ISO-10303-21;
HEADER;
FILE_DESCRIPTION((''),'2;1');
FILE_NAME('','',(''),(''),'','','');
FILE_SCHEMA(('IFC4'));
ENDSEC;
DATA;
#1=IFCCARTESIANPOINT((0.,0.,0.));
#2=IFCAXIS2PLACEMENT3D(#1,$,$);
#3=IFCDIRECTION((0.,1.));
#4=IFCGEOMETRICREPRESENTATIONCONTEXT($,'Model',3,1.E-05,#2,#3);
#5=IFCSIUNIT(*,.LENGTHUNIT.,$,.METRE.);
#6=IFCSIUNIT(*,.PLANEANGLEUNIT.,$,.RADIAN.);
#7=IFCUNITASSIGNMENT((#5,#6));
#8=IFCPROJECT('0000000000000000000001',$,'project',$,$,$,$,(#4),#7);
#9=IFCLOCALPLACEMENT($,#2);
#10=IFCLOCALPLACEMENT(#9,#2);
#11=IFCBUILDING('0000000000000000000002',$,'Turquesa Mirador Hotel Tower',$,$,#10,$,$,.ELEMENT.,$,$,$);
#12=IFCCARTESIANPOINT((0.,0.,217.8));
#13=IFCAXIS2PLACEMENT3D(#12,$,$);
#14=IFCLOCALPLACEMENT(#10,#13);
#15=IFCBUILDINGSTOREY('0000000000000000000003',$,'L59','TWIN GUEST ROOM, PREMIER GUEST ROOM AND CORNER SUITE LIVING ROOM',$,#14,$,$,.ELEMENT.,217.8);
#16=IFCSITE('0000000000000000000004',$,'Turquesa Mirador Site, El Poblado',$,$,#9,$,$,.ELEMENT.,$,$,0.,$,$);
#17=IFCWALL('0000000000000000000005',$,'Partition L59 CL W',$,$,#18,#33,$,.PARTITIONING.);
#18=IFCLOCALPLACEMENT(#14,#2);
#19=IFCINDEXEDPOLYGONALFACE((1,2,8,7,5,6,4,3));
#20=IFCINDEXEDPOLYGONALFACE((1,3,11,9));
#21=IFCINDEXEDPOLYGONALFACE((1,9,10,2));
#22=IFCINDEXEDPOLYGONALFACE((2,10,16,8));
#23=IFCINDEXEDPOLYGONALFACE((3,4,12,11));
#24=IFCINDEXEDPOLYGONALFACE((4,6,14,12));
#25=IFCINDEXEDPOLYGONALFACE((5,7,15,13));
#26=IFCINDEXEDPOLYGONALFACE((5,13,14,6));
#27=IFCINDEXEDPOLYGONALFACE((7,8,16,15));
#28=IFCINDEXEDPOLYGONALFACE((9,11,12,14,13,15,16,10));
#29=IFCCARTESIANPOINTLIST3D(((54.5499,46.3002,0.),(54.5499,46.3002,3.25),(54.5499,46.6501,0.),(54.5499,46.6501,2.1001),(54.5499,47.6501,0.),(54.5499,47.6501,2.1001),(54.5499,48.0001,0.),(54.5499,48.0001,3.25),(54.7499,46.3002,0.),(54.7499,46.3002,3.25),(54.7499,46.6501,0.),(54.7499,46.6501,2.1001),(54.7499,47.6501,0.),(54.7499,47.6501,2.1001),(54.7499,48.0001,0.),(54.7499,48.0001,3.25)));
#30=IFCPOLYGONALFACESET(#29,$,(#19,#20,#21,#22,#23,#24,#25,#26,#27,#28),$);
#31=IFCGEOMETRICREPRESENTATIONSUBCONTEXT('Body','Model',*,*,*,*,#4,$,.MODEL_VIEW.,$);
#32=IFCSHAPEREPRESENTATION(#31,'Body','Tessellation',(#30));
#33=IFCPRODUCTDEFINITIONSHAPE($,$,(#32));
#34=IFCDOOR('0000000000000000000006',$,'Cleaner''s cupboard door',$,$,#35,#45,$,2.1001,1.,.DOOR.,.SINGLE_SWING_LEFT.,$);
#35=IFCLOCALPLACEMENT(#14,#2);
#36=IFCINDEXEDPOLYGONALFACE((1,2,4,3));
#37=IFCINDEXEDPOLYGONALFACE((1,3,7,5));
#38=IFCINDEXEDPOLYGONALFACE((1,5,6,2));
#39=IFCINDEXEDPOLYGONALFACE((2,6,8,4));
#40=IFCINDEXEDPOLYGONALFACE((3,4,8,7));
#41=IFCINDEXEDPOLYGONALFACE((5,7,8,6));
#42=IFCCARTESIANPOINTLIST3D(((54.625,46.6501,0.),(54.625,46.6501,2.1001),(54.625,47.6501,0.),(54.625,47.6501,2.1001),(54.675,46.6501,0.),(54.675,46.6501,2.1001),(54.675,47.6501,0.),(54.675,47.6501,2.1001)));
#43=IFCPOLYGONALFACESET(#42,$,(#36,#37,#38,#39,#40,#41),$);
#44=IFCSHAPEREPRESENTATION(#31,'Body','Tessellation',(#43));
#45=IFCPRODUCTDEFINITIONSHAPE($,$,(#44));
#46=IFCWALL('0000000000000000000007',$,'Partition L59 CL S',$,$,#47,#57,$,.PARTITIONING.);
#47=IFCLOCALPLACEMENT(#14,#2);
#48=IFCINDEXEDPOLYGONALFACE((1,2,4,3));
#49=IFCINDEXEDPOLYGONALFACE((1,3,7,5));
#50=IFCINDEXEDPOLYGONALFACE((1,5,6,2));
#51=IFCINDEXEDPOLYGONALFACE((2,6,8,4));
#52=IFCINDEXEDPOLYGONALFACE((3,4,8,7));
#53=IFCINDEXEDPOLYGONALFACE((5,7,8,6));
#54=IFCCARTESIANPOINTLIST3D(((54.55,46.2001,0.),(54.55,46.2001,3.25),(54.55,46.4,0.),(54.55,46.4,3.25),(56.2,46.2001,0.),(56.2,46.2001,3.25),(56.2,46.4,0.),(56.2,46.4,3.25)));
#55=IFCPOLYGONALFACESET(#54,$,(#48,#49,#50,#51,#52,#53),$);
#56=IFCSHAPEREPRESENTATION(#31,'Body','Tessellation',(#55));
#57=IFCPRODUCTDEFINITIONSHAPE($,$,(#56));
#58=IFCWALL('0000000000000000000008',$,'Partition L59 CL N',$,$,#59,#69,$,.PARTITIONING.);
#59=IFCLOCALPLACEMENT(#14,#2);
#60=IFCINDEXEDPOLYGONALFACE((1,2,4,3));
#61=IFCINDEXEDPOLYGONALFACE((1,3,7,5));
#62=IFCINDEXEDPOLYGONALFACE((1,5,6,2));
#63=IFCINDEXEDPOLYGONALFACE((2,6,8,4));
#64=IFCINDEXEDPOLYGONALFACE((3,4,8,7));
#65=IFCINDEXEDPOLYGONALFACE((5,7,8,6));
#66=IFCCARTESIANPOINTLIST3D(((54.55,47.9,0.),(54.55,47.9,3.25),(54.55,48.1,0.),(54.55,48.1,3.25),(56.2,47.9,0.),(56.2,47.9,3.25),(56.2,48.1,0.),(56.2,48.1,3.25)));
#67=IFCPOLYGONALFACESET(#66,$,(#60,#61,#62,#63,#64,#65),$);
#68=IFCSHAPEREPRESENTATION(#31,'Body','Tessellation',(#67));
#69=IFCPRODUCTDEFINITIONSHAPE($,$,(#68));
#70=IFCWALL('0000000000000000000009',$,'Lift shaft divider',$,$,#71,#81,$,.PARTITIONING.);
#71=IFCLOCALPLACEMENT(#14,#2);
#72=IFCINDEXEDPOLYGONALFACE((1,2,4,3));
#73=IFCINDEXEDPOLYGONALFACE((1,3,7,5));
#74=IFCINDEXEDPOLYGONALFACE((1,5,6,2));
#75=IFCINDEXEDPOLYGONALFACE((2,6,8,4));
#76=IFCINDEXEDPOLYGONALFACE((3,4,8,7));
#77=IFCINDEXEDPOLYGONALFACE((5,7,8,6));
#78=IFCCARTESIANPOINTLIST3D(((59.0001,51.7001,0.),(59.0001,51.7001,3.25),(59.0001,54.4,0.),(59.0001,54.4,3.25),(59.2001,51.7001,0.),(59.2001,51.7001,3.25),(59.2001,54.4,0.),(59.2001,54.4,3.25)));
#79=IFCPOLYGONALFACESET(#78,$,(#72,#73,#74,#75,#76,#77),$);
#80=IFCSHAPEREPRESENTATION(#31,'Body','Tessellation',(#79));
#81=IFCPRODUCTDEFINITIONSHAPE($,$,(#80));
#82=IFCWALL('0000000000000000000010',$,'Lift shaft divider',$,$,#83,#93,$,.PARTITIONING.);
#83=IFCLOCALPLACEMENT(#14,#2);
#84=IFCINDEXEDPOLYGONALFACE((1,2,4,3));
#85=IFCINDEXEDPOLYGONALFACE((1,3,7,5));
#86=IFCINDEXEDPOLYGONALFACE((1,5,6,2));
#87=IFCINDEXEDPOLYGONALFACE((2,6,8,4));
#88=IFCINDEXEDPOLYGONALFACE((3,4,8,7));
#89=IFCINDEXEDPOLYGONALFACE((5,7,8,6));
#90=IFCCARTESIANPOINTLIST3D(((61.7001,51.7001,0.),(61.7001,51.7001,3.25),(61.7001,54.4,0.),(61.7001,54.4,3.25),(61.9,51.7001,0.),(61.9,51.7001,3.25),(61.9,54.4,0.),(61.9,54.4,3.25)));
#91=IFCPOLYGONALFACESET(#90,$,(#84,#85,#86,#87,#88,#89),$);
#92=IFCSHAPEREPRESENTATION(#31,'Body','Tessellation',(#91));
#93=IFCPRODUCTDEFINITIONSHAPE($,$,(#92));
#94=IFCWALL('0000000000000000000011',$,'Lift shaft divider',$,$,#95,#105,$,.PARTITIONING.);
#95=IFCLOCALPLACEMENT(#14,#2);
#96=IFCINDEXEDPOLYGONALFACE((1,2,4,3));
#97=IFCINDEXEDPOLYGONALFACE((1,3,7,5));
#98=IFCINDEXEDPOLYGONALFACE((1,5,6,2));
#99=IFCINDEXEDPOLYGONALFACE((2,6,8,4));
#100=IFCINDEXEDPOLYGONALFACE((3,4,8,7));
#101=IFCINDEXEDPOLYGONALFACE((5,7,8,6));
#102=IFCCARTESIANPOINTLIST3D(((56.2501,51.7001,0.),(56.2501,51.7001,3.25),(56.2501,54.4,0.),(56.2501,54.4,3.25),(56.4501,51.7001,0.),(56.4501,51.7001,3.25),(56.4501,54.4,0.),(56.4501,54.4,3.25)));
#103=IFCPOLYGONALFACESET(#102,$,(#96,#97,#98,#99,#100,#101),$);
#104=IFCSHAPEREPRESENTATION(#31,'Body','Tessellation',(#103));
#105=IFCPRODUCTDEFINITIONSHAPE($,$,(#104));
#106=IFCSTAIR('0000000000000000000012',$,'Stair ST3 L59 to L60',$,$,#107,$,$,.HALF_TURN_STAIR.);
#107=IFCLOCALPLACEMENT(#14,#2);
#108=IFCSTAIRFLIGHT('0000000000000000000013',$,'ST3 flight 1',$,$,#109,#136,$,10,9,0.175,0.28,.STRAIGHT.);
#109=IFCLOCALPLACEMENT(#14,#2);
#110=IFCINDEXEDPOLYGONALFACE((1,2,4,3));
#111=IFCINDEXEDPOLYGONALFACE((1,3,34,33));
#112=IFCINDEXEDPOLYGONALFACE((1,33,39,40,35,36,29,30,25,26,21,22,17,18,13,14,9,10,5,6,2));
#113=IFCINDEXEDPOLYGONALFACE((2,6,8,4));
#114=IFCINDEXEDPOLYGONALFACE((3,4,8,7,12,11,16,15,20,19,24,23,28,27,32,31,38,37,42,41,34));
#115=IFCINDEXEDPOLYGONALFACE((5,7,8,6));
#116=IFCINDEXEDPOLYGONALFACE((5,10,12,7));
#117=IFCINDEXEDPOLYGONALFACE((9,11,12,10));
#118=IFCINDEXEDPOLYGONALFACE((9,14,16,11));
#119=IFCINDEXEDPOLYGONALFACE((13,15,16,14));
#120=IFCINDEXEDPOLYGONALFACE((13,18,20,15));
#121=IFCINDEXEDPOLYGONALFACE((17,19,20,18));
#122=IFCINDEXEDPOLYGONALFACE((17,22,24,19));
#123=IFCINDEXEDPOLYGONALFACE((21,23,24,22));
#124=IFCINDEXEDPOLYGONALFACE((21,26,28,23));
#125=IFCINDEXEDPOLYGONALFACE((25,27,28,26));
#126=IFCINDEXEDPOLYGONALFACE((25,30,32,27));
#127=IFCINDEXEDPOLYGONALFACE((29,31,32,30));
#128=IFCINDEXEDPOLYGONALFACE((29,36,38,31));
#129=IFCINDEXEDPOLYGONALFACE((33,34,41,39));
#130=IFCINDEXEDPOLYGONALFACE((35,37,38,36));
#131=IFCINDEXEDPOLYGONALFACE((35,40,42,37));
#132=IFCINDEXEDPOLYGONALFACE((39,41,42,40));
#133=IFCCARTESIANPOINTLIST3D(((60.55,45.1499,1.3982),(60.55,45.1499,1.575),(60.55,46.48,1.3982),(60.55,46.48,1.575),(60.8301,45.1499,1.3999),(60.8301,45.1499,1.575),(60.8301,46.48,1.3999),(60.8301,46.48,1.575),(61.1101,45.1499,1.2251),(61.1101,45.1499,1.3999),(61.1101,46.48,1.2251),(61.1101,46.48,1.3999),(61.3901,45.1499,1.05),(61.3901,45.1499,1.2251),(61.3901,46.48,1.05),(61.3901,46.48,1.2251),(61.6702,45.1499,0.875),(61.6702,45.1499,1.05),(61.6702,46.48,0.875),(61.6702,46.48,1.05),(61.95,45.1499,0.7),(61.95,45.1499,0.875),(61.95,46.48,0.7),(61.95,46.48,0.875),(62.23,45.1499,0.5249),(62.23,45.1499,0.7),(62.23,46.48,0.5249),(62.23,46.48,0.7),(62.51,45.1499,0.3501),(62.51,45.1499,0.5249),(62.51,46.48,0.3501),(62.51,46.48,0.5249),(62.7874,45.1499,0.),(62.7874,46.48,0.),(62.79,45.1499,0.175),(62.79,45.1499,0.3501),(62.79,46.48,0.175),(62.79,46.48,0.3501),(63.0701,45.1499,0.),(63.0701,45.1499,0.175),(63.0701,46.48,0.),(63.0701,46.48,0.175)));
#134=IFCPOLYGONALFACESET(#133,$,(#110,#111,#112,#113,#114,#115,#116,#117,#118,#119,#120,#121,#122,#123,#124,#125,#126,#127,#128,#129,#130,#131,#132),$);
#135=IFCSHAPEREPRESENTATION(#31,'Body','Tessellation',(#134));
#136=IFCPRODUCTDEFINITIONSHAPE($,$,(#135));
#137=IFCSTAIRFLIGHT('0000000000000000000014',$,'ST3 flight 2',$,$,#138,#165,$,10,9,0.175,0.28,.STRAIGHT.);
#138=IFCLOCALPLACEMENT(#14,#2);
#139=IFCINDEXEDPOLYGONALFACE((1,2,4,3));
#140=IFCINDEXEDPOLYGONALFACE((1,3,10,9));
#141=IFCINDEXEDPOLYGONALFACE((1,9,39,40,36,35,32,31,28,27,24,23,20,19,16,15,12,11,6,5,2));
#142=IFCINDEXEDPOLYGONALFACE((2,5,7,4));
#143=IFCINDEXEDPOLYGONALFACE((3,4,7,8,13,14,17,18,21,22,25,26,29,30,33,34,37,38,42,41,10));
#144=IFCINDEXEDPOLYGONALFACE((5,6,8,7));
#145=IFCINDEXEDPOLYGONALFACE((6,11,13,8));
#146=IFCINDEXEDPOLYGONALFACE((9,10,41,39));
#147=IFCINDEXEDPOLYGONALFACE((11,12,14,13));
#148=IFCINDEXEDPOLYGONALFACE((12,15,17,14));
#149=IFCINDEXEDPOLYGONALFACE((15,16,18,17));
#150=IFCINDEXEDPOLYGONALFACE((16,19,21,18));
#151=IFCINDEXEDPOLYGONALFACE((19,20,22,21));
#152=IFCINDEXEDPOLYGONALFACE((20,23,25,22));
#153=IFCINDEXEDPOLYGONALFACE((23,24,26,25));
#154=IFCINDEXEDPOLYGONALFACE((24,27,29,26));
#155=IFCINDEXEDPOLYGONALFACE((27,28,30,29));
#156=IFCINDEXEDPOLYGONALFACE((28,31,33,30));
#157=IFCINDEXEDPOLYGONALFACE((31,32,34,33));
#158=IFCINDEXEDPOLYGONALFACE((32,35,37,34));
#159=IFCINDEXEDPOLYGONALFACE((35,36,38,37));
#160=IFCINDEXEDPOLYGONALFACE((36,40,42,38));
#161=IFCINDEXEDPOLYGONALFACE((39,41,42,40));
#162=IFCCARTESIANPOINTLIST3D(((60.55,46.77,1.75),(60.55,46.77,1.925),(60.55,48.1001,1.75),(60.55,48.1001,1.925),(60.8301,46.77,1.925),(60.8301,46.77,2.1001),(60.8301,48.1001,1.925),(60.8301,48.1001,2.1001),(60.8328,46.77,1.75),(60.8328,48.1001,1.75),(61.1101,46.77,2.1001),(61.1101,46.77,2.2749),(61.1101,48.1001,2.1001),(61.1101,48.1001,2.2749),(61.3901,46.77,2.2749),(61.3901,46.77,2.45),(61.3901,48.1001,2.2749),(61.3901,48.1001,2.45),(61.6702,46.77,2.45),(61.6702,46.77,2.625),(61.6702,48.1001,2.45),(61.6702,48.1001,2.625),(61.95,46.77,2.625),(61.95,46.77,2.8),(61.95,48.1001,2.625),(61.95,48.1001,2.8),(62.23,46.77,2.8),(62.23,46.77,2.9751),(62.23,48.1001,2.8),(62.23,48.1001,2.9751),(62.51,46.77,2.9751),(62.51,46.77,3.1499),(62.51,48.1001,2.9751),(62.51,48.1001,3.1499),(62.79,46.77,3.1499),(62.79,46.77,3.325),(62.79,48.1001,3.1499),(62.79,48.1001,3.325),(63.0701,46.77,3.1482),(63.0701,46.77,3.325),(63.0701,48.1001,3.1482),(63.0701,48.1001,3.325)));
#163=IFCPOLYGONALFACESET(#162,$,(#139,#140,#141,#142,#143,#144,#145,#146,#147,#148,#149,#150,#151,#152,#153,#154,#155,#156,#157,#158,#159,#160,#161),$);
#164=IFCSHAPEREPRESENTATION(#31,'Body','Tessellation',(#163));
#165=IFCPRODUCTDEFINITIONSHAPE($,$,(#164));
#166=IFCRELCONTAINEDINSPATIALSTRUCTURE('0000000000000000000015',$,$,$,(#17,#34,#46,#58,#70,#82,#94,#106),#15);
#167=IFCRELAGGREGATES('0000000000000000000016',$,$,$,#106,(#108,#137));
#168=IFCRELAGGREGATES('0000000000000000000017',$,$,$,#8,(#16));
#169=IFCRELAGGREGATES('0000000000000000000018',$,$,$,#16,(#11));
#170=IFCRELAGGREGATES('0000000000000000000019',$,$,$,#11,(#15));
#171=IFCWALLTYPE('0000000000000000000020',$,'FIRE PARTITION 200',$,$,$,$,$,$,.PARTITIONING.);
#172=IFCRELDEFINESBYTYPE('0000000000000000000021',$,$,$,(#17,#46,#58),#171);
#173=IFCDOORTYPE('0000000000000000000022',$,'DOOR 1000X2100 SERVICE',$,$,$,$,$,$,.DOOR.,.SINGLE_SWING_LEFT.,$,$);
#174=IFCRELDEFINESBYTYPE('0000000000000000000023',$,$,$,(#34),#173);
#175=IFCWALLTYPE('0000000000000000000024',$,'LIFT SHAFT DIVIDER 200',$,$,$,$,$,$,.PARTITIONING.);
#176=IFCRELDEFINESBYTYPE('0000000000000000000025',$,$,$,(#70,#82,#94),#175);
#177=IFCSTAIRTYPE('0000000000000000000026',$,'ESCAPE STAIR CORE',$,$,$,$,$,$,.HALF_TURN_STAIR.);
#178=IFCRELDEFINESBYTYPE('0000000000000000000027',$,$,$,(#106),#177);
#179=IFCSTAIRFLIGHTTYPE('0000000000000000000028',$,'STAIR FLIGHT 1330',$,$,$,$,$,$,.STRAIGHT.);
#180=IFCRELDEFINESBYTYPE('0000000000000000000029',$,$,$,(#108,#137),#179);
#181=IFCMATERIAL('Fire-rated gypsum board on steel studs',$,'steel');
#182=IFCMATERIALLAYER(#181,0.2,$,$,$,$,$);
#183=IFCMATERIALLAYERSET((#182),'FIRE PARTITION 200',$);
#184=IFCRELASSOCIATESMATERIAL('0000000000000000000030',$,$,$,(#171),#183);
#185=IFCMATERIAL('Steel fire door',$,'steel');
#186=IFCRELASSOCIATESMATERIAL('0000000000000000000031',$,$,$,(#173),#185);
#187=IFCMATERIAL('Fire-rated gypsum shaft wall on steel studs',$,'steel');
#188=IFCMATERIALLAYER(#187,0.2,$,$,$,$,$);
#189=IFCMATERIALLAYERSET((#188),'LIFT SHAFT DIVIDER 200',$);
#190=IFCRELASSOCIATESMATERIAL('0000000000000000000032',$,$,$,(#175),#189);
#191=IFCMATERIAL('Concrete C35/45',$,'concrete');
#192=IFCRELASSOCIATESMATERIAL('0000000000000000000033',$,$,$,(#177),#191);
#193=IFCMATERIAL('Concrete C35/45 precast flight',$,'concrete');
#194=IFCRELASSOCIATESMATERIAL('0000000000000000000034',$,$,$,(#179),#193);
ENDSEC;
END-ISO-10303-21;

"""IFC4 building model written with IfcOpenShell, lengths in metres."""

from ifc_helpers import new_model, si_unit, direction, frame, frame_2d, origin, place, context, subcontext, project, spatial, polyline, rectangle, outline, extrude, material, layer, layer_set, type_object, element, fill, aggregate, save


model = new_model("IFC4")

# Units and contexts
model_context = context("Model", 3, precision=1e-05, world=origin(), true_north=direction((0.0, 1.0)))
body_context = subcontext(model_context, "Body", "Model", "MODEL_VIEW")
ifc_project = project(units=[si_unit("LENGTHUNIT", "METRE"), si_unit("PLANEANGLEUNIT", "RADIAN")], contexts=[model_context])

# Site, building, storey
site_placement = place(None, origin())
site = spatial("IfcSite", under=ifc_project, at=site_placement, Name="Turquesa Mirador Site, El Poblado", CompositionType="ELEMENT", RefElevation=0.0)
building_placement = place(site_placement, origin())
building = spatial("IfcBuilding", under=site, at=building_placement, Name="Turquesa Mirador Hotel Tower", CompositionType="ELEMENT")
storey_placement = place(building_placement, frame((0.0, 0.0, 217.8)))
storey = spatial("IfcBuildingStorey", under=building, at=storey_placement, Name="L59", Description="TWIN GUEST ROOM, PREMIER GUEST ROOM AND CORNER SUITE LIVING ROOM", CompositionType="ELEMENT", Elevation=217.8)

# Shared definitions
ifc_material_1 = material(Name="Fire-rated gypsum board on steel studs", Category="steel")
ifc_layer_1 = layer(ifc_material_1, 0.2)
ifc_layer_set_1 = layer_set([ifc_layer_1], Name="FIRE PARTITION 200")
wall_type_1 = type_object("IfcWallType", Name="FIRE PARTITION 200", PredefinedType="PARTITIONING", material=ifc_layer_set_1)

# Wall, opening, door
wall_1_placement = place(storey_placement, frame((54.6499, 46.3, 0.0), z_axis=(0.0, 0.0, 1.0), x_axis=(0.0, 1.0, 0.0)))
wall_1 = element("IfcWall", 1, at=wall_1_placement, inside=storey, type_object=wall_type_1, Name="Partition L59 CL W", PredefinedType="PARTITIONING", context=body_context, shape_type="SweptSolid", body=[
    extrude(rectangle(XDim=1.7, YDim=0.2, at=frame_2d((0.8501, 0.0))), origin(), (0.0, 0.0, 1.0), 3.25),
])
opening_1_placement = place(wall_1_placement, frame((0.3501, 0.0, 0.0)))
opening_1 = element("IfcOpeningElement", 2, at=opening_1_placement, cuts=wall_1, PredefinedType="OPENING", context=body_context, shape_type="SweptSolid", body=[
    extrude(rectangle(XDim=1.0, YDim=2.1001, at=frame_2d((0.5, 1.05))), frame((0.0, 0.1099, 0.0), z_axis=(0.0, -1.0, 0.0), x_axis=(1.0, 0.0, 0.0)), (0.0, 0.0, 1.0), 0.22),
])
ifc_material_2 = material(Name="Steel fire door", Category="steel")
door_type_1 = type_object("IfcDoorType", Name="DOOR 1000X2100 SERVICE", OperationType="SINGLE_SWING_LEFT", PredefinedType="DOOR", material=ifc_material_2)
door_1_placement = place(opening_1_placement, origin())
door_1 = element("IfcDoor", 3, at=door_1_placement, inside=storey, type_object=door_type_1, Name="Cleaner's cupboard door", OperationType="SINGLE_SWING_LEFT", OverallHeight=2.1001, OverallWidth=1.0, PredefinedType="DOOR", context=body_context, shape_type="SweptSolid", body=[
    extrude(rectangle(XDim=1.0, YDim=2.1001, at=frame_2d((0.5, 1.05))), frame((0.0, 0.0249, 0.0), z_axis=(0.0, -1.0, 0.0), x_axis=(1.0, 0.0, 0.0)), (0.0, 0.0, 1.0), 0.05),
])
fill(opening_1, door_1)

# Walls
for number, where, z_axis, x_axis, name in (
    (4, (54.55, 46.3, 0.0), (0.0, 0.0, 1.0), (1.0, 0.0, 0.0), "Partition L59 CL S"),
    (5, (54.55, 48.0, 0.0), (0.0, 0.0, 1.0), (1.0, 0.0, 0.0), "Partition L59 CL N"),
):
    element("IfcWall", number, at=place(storey_placement, frame(where, z_axis=z_axis, x_axis=x_axis)), inside=storey, type_object=wall_type_1, Name=name, PredefinedType="PARTITIONING", context=body_context, shape_type="SweptSolid", body=[
        extrude(rectangle(XDim=1.6499, YDim=0.2, at=frame_2d((0.825, 0.0))), origin(), (0.0, 0.0, 1.0), 3.25),
    ])
ifc_material_3 = material(Name="Fire-rated gypsum shaft wall on steel studs", Category="steel")
ifc_layer_2 = layer(ifc_material_3, 0.2)
ifc_layer_set_2 = layer_set([ifc_layer_2], Name="LIFT SHAFT DIVIDER 200")
wall_type_2 = type_object("IfcWallType", Name="LIFT SHAFT DIVIDER 200", PredefinedType="PARTITIONING", material=ifc_layer_set_2)
for number, where, z_axis, x_axis, name in (
    (6, (59.1001, 51.7, 0.0), (0.0, 0.0, 1.0), (0.0, 1.0, 0.0), "Lift shaft divider"),
    (7, (61.8, 51.7, 0.0), (0.0, 0.0, 1.0), (0.0, 1.0, 0.0), "Lift shaft divider"),
    (8, (56.3501, 51.7, 0.0), (0.0, 0.0, 1.0), (0.0, 1.0, 0.0), "Lift shaft divider"),
):
    element("IfcWall", number, at=place(storey_placement, frame(where, z_axis=z_axis, x_axis=x_axis)), inside=storey, type_object=wall_type_2, Name=name, PredefinedType="PARTITIONING", context=body_context, shape_type="SweptSolid", body=[
        extrude(rectangle(XDim=2.7, YDim=0.2, at=frame_2d((1.3501, 0.0))), origin(), (0.0, 0.0, 1.0), 3.25),
    ])

# Stair, stair flights
ifc_material_4 = material(Name="Concrete C35/45", Category="concrete")
stair_type = type_object("IfcStairType", Name="ESCAPE STAIR CORE", PredefinedType="HALF_TURN_STAIR", material=ifc_material_4)
stair_placement = place(storey_placement, origin())
stair = element("IfcStair", 9, at=stair_placement, inside=storey, type_object=stair_type, Name="Stair ST3 L59 to L60", PredefinedType="HALF_TURN_STAIR")
ifc_material_5 = material(Name="Concrete C35/45 precast flight", Category="concrete")
stair_flight_type = type_object("IfcStairFlightType", Name="STAIR FLIGHT 1330", PredefinedType="STRAIGHT", material=ifc_material_5)
stair_flight_1_placement = place(storey_placement, frame((63.0701, 45.8149, 0.0), z_axis=(0.0, 0.0, 1.0), x_axis=(-1.0, 0.0, 0.0)))
stair_flight_1 = element("IfcStairFlight", 10, at=stair_flight_1_placement, type_object=stair_flight_type, Name="ST3 flight 1", NumberOfRisers=10, NumberOfTreads=9, PredefinedType="STRAIGHT", RiserHeight=0.175, TreadLength=0.28, context=body_context, shape_type="SweptSolid", body=[
    extrude(outline(polyline([(0.0, 0.0), (0.0, 0.175), (0.28, 0.175), (0.28, 0.3501), (0.5601, 0.3501), (0.5601, 0.5249), (0.8401, 0.5249), (0.8401, 0.7), (1.1201, 0.7), (1.1201, 0.875), (1.3999, 0.875), (1.3999, 1.05), (1.6799, 1.05), (1.6799, 1.2251), (1.96, 1.2251), (1.96, 1.3999), (2.24, 1.3999), (2.24, 1.575), (2.52, 1.575), (2.52, 1.75), (2.52, 1.3982), (0.2827, 0.0), (0.0, 0.0)])), frame((0.0, 0.665, 0.0), z_axis=(0.0, -1.0, 0.0), x_axis=(1.0, 0.0, 0.0)), (0.0, 0.0, 1.0), 1.3301),
])
stair_flight_2_placement = place(storey_placement, frame((60.55, 47.4351, 1.75), z_axis=(0.0, 0.0, 1.0), x_axis=(1.0, 0.0, 0.0)))
stair_flight_2 = element("IfcStairFlight", 11, at=stair_flight_2_placement, type_object=stair_flight_type, Name="ST3 flight 2", NumberOfRisers=10, NumberOfTreads=9, PredefinedType="STRAIGHT", RiserHeight=0.175, TreadLength=0.28, context=body_context, shape_type="SweptSolid", body=[
    extrude(outline(polyline([(0.0, 0.0), (0.0, 0.175), (0.28, 0.175), (0.28, 0.3501), (0.5601, 0.3501), (0.5601, 0.5249), (0.8401, 0.5249), (0.8401, 0.7), (1.1201, 0.7), (1.1201, 0.875), (1.3999, 0.875), (1.3999, 1.05), (1.6799, 1.05), (1.6799, 1.2251), (1.96, 1.2251), (1.96, 1.3999), (2.24, 1.3999), (2.24, 1.575), (2.52, 1.575), (2.52, 1.75), (2.52, 1.3982), (0.2827, 0.0), (0.0, 0.0)])), frame((0.0, 0.665, 0.0), z_axis=(0.0, -1.0, 0.0), x_axis=(1.0, 0.0, 0.0)), (0.0, 0.0, 1.0), 1.3301),
])
aggregate(stair, [stair_flight_1, stair_flight_2])

save(model, "model.ifc")
